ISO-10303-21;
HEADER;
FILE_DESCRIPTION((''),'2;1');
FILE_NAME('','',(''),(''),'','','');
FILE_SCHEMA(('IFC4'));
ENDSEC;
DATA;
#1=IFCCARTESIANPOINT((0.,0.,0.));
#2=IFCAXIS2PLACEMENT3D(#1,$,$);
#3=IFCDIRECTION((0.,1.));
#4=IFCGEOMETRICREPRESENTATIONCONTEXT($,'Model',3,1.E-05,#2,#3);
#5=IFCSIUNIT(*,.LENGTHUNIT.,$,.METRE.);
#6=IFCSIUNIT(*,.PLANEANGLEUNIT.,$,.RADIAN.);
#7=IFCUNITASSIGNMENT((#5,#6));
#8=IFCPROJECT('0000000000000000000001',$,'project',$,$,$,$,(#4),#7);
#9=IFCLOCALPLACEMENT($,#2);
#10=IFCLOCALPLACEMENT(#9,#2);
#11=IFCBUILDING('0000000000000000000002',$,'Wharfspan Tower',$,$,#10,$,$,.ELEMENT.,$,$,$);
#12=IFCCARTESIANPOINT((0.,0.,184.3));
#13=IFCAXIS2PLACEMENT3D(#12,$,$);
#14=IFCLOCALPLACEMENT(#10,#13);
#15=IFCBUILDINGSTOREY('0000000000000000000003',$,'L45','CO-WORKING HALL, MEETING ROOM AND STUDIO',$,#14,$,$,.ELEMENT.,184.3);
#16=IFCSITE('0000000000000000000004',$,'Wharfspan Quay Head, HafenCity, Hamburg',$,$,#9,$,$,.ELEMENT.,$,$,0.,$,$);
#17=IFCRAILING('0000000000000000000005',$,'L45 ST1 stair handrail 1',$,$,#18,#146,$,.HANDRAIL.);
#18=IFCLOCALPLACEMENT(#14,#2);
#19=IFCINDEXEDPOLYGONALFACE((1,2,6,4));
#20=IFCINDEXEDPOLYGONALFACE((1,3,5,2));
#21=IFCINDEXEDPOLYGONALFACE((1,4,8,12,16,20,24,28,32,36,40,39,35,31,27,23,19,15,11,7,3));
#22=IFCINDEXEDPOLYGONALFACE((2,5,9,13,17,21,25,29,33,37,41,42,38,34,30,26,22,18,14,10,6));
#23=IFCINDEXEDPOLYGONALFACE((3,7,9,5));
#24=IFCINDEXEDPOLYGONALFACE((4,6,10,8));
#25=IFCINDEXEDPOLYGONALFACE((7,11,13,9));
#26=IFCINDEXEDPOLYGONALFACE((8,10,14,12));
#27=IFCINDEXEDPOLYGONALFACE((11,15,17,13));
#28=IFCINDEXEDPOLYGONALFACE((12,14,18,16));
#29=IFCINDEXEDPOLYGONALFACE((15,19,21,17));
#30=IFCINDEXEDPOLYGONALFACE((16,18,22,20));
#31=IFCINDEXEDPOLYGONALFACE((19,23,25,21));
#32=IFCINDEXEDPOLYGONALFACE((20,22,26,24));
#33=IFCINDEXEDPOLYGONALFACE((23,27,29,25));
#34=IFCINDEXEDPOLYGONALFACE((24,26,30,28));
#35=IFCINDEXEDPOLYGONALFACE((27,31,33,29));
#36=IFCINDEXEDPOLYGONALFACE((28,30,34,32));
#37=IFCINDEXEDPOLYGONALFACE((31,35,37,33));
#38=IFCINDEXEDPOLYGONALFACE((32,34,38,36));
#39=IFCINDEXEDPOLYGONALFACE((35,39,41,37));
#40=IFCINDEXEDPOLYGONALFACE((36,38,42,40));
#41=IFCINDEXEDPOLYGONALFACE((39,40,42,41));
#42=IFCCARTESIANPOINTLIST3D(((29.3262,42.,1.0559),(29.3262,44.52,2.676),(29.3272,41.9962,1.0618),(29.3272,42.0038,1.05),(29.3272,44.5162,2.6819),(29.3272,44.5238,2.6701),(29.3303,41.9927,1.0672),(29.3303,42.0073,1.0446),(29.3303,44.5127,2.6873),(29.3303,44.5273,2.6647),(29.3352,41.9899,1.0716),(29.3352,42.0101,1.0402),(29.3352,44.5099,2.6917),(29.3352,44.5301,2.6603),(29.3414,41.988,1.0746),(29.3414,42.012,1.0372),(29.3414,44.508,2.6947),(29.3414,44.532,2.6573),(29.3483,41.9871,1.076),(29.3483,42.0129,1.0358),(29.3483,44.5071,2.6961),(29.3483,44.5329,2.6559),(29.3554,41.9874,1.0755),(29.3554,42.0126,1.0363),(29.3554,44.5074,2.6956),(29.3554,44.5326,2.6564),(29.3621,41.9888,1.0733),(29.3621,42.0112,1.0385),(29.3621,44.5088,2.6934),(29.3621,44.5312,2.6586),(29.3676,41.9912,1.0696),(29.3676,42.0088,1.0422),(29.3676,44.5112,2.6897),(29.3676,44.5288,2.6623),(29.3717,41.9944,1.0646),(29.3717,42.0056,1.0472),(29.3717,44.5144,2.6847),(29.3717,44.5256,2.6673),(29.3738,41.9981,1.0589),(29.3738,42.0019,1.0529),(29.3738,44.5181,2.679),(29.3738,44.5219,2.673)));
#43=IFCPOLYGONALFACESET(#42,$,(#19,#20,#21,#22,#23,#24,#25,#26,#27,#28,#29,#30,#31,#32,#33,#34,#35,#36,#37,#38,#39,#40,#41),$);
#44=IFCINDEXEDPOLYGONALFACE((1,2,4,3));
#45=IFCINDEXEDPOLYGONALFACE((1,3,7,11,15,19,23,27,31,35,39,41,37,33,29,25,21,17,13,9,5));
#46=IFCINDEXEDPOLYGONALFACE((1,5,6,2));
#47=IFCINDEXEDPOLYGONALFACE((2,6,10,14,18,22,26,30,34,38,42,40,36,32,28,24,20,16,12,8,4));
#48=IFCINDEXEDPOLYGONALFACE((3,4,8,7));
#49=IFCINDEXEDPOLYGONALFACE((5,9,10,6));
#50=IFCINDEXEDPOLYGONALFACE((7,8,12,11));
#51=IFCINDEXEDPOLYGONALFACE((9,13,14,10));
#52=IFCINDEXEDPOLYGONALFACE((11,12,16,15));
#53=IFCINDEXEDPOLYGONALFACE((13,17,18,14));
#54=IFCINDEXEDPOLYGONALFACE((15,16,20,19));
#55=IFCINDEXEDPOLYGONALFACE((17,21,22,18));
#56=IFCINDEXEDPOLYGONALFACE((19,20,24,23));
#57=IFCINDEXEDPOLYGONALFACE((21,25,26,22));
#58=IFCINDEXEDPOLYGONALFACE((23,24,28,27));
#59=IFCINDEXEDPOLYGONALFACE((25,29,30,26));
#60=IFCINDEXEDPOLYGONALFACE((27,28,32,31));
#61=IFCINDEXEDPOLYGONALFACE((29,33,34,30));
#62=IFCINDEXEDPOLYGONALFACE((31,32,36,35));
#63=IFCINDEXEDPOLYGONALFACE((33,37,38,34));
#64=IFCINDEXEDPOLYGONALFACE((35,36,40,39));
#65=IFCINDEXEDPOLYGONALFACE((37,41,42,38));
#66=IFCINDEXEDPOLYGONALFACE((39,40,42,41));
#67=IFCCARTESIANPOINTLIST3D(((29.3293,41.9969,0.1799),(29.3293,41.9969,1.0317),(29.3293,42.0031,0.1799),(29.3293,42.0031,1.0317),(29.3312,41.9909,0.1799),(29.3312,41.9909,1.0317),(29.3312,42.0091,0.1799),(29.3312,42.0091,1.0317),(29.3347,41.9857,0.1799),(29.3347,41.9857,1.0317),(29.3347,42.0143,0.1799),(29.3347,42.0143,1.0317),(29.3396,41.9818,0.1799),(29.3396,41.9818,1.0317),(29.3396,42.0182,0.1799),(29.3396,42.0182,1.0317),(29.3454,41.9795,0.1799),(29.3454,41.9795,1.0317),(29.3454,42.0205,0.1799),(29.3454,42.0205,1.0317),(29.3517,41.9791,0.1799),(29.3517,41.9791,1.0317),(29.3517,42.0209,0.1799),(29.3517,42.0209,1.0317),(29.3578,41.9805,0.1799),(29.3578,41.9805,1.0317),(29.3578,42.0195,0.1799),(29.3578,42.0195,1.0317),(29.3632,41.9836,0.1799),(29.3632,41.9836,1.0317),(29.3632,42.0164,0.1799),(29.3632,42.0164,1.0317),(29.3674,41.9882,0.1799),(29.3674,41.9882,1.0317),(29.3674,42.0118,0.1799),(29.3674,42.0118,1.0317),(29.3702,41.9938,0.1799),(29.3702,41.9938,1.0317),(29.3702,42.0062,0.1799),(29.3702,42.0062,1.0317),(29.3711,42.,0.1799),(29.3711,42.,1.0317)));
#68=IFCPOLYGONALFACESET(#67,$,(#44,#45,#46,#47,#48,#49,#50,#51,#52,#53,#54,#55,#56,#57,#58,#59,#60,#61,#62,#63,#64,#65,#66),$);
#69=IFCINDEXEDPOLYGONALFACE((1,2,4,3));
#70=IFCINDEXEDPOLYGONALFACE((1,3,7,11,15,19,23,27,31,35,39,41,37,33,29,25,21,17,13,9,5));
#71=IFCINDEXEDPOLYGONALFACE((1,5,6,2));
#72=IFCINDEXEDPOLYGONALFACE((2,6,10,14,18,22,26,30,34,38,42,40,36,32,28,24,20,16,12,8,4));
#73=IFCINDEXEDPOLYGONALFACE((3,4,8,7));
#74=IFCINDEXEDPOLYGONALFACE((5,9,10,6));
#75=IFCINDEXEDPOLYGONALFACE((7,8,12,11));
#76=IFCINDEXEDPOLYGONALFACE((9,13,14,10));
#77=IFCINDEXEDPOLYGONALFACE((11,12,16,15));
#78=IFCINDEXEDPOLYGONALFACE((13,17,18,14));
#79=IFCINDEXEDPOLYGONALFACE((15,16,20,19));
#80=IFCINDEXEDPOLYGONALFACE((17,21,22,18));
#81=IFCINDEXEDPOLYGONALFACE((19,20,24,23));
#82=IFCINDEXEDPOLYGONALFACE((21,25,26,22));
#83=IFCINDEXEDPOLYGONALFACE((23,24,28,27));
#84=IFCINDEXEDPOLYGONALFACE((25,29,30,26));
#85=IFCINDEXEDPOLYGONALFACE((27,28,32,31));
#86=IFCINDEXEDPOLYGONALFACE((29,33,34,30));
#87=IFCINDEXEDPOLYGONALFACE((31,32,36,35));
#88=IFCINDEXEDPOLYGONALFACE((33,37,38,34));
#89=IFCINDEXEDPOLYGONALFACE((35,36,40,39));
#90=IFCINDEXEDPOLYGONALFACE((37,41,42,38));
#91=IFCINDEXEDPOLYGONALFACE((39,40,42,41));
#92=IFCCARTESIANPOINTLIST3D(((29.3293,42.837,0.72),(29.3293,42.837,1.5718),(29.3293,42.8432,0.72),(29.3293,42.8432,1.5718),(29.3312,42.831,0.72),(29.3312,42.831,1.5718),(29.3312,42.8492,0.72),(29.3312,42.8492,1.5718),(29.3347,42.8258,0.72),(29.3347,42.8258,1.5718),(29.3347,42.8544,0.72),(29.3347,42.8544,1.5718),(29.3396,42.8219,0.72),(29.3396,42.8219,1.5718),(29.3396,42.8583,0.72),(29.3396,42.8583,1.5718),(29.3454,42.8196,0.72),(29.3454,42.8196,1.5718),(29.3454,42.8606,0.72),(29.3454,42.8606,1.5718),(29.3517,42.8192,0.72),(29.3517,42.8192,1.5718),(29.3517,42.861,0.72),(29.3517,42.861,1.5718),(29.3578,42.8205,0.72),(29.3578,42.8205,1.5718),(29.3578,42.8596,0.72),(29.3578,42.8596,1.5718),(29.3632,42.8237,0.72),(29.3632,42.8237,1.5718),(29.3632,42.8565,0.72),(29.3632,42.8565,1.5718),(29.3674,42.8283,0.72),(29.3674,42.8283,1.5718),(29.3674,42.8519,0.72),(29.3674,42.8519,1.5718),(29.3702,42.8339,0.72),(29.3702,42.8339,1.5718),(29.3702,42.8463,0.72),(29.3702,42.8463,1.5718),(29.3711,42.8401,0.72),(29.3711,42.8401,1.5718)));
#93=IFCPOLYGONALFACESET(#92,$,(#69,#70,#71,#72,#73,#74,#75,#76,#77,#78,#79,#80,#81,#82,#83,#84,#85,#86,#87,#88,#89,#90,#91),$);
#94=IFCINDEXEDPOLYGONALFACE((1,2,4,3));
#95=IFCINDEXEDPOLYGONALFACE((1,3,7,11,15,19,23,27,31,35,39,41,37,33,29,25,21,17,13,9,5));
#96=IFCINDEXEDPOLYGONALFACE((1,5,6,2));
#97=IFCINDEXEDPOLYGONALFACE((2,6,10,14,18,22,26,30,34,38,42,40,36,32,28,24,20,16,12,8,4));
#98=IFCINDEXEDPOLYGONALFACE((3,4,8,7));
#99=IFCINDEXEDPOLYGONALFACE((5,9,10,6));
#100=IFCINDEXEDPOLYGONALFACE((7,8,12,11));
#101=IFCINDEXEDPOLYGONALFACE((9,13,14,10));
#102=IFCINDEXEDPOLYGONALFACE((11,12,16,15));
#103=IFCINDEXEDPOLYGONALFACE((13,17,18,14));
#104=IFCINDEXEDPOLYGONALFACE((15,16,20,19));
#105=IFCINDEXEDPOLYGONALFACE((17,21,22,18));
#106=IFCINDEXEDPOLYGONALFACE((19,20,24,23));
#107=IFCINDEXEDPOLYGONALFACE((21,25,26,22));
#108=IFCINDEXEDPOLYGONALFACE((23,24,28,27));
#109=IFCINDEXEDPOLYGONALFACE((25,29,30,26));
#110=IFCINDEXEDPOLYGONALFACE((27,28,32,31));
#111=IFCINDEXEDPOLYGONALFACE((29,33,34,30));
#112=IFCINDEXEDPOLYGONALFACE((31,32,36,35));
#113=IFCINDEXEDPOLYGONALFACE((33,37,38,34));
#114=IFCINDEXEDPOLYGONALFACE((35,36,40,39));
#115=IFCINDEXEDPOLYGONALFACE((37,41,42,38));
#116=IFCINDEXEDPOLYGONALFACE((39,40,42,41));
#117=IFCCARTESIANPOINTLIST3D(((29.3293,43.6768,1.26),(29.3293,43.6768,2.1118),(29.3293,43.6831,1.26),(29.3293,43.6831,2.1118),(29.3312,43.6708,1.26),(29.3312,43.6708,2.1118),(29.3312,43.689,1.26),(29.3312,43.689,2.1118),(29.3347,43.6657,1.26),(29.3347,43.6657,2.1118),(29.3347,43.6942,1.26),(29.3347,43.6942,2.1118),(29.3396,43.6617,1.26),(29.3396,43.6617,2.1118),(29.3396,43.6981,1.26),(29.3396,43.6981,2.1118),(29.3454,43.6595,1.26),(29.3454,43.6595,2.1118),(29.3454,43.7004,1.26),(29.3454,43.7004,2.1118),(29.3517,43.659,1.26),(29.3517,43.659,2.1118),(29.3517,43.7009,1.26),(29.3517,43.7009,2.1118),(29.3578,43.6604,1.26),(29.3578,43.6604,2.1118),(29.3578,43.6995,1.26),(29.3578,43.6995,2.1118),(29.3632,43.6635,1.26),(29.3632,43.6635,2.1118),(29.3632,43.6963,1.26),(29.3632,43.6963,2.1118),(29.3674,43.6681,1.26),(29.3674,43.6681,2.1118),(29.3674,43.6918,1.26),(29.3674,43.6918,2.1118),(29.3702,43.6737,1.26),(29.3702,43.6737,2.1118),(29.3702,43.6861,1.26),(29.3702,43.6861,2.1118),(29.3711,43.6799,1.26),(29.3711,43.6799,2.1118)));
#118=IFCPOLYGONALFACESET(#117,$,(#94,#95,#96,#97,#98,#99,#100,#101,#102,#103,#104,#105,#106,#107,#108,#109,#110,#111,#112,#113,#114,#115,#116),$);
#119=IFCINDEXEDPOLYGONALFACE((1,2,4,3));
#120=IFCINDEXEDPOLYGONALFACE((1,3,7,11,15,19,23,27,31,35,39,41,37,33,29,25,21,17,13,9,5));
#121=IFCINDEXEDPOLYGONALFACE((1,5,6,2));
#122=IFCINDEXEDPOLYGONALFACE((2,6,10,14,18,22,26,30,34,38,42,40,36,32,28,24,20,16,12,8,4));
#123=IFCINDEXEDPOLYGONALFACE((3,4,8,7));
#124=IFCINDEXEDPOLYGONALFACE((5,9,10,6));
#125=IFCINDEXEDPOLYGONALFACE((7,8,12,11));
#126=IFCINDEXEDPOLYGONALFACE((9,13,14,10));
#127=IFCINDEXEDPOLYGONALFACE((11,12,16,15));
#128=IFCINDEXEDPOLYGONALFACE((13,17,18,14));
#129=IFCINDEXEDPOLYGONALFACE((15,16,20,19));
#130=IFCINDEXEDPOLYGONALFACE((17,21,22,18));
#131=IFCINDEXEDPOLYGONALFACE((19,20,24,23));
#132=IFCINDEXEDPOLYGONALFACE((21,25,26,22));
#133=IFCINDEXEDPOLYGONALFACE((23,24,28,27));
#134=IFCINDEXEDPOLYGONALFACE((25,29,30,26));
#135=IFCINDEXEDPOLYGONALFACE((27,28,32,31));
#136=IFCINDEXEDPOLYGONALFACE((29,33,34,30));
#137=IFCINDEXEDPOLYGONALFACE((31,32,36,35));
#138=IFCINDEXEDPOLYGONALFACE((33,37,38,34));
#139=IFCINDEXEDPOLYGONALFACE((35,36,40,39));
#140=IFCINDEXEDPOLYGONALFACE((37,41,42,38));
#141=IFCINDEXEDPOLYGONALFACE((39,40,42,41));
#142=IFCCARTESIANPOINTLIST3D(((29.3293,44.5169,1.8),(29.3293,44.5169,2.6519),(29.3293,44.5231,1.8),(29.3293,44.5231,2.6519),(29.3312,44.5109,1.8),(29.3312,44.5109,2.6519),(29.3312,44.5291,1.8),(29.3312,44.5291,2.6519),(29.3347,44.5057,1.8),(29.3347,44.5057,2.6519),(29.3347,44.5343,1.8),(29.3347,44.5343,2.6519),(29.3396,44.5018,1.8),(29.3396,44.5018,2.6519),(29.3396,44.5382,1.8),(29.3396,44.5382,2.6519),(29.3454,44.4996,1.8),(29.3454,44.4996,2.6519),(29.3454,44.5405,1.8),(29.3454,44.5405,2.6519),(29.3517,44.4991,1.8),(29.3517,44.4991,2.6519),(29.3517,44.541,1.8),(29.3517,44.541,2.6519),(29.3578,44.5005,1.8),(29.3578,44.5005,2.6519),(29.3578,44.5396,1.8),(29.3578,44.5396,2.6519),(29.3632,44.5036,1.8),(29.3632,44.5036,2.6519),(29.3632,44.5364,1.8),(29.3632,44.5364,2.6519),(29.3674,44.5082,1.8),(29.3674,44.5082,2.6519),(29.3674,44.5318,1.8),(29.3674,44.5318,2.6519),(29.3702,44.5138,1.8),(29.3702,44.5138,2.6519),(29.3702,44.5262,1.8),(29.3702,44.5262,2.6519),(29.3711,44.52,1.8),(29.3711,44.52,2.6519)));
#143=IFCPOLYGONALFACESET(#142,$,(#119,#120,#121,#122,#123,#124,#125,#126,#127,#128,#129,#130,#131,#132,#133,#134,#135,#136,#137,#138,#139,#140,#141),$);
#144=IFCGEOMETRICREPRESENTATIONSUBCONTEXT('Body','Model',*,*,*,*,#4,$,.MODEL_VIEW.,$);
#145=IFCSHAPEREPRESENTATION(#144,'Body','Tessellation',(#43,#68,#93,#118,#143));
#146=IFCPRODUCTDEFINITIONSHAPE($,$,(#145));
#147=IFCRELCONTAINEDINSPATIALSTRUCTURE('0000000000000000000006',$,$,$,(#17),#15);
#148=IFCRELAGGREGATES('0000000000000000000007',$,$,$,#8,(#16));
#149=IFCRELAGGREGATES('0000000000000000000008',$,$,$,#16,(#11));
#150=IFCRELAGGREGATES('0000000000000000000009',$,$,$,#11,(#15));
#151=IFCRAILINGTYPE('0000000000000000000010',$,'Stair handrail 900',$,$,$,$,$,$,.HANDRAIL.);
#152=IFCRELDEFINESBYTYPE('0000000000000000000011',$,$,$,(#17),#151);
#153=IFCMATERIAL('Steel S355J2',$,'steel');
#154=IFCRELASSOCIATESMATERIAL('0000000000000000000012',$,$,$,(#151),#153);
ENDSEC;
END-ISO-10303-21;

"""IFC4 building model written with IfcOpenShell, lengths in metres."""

from ifc_helpers import new_model, si_unit, direction, frame, origin, origin_2d, place, context, subcontext, project, spatial, circle, extrude, material, type_object, element, save


model = new_model("IFC4")

# Units and contexts
model_context = context("Model", 3, precision=1e-05, world=origin(), true_north=direction((0.0, 1.0)))
body_context = subcontext(model_context, "Body", "Model", "MODEL_VIEW")
ifc_project = project(units=[si_unit("LENGTHUNIT", "METRE"), si_unit("PLANEANGLEUNIT", "RADIAN")], contexts=[model_context])

# Site, building, storey
site_placement = place(None, origin())
site = spatial("IfcSite", under=ifc_project, at=site_placement, Name="Wharfspan Quay Head, HafenCity, Hamburg", CompositionType="ELEMENT", RefElevation=0.0)
building_placement = place(site_placement, origin())
building = spatial("IfcBuilding", under=site, at=building_placement, Name="Wharfspan Tower", CompositionType="ELEMENT")
storey_placement = place(building_placement, frame((0.0, 0.0, 184.3)))
storey = spatial("IfcBuildingStorey", under=building, at=storey_placement, Name="L45", Description="CO-WORKING HALL, MEETING ROOM AND STUDIO", CompositionType="ELEMENT", Elevation=184.3)

# Shared definitions
ifc_material_1 = material(Name="Steel S355J2", Category="steel")

# Railing
railing_type_1 = type_object("IfcRailingType", Name="Stair handrail 900", PredefinedType="HANDRAIL", material=ifc_material_1)
railing_1_placement = place(storey_placement, frame((29.3501, 42.0, 0.1799)))
element("IfcRailing", 1, at=railing_1_placement, inside=storey, type_object=railing_type_1, Name="L45 ST1 stair handrail 1", PredefinedType="HANDRAIL", context=body_context, shape_type="SweptSolid", body=[
    extrude(circle(Radius=0.0239, at=origin_2d()), frame((0.0, 0.0, 0.876), z_axis=(0.0, 0.841163, 0.540782), x_axis=(-1.0, 0.0, 0.0)), (0.0, 0.0, 1.0), 2.9958),
    extrude(circle(Radius=0.021, at=origin_2d()), origin(), (0.0, 0.0, 1.0), 0.8518),
    extrude(circle(Radius=0.021, at=origin_2d()), frame((0.0, 0.8401, 0.54)), (0.0, 0.0, 1.0), 0.8518),
    extrude(circle(Radius=0.021, at=origin_2d()), frame((0.0, 1.6799, 1.0801)), (0.0, 0.0, 1.0), 0.8518),
    extrude(circle(Radius=0.021, at=origin_2d()), frame((0.0, 2.52, 1.6201)), (0.0, 0.0, 1.0), 0.8518),
])

save(model, "model.ifc")
